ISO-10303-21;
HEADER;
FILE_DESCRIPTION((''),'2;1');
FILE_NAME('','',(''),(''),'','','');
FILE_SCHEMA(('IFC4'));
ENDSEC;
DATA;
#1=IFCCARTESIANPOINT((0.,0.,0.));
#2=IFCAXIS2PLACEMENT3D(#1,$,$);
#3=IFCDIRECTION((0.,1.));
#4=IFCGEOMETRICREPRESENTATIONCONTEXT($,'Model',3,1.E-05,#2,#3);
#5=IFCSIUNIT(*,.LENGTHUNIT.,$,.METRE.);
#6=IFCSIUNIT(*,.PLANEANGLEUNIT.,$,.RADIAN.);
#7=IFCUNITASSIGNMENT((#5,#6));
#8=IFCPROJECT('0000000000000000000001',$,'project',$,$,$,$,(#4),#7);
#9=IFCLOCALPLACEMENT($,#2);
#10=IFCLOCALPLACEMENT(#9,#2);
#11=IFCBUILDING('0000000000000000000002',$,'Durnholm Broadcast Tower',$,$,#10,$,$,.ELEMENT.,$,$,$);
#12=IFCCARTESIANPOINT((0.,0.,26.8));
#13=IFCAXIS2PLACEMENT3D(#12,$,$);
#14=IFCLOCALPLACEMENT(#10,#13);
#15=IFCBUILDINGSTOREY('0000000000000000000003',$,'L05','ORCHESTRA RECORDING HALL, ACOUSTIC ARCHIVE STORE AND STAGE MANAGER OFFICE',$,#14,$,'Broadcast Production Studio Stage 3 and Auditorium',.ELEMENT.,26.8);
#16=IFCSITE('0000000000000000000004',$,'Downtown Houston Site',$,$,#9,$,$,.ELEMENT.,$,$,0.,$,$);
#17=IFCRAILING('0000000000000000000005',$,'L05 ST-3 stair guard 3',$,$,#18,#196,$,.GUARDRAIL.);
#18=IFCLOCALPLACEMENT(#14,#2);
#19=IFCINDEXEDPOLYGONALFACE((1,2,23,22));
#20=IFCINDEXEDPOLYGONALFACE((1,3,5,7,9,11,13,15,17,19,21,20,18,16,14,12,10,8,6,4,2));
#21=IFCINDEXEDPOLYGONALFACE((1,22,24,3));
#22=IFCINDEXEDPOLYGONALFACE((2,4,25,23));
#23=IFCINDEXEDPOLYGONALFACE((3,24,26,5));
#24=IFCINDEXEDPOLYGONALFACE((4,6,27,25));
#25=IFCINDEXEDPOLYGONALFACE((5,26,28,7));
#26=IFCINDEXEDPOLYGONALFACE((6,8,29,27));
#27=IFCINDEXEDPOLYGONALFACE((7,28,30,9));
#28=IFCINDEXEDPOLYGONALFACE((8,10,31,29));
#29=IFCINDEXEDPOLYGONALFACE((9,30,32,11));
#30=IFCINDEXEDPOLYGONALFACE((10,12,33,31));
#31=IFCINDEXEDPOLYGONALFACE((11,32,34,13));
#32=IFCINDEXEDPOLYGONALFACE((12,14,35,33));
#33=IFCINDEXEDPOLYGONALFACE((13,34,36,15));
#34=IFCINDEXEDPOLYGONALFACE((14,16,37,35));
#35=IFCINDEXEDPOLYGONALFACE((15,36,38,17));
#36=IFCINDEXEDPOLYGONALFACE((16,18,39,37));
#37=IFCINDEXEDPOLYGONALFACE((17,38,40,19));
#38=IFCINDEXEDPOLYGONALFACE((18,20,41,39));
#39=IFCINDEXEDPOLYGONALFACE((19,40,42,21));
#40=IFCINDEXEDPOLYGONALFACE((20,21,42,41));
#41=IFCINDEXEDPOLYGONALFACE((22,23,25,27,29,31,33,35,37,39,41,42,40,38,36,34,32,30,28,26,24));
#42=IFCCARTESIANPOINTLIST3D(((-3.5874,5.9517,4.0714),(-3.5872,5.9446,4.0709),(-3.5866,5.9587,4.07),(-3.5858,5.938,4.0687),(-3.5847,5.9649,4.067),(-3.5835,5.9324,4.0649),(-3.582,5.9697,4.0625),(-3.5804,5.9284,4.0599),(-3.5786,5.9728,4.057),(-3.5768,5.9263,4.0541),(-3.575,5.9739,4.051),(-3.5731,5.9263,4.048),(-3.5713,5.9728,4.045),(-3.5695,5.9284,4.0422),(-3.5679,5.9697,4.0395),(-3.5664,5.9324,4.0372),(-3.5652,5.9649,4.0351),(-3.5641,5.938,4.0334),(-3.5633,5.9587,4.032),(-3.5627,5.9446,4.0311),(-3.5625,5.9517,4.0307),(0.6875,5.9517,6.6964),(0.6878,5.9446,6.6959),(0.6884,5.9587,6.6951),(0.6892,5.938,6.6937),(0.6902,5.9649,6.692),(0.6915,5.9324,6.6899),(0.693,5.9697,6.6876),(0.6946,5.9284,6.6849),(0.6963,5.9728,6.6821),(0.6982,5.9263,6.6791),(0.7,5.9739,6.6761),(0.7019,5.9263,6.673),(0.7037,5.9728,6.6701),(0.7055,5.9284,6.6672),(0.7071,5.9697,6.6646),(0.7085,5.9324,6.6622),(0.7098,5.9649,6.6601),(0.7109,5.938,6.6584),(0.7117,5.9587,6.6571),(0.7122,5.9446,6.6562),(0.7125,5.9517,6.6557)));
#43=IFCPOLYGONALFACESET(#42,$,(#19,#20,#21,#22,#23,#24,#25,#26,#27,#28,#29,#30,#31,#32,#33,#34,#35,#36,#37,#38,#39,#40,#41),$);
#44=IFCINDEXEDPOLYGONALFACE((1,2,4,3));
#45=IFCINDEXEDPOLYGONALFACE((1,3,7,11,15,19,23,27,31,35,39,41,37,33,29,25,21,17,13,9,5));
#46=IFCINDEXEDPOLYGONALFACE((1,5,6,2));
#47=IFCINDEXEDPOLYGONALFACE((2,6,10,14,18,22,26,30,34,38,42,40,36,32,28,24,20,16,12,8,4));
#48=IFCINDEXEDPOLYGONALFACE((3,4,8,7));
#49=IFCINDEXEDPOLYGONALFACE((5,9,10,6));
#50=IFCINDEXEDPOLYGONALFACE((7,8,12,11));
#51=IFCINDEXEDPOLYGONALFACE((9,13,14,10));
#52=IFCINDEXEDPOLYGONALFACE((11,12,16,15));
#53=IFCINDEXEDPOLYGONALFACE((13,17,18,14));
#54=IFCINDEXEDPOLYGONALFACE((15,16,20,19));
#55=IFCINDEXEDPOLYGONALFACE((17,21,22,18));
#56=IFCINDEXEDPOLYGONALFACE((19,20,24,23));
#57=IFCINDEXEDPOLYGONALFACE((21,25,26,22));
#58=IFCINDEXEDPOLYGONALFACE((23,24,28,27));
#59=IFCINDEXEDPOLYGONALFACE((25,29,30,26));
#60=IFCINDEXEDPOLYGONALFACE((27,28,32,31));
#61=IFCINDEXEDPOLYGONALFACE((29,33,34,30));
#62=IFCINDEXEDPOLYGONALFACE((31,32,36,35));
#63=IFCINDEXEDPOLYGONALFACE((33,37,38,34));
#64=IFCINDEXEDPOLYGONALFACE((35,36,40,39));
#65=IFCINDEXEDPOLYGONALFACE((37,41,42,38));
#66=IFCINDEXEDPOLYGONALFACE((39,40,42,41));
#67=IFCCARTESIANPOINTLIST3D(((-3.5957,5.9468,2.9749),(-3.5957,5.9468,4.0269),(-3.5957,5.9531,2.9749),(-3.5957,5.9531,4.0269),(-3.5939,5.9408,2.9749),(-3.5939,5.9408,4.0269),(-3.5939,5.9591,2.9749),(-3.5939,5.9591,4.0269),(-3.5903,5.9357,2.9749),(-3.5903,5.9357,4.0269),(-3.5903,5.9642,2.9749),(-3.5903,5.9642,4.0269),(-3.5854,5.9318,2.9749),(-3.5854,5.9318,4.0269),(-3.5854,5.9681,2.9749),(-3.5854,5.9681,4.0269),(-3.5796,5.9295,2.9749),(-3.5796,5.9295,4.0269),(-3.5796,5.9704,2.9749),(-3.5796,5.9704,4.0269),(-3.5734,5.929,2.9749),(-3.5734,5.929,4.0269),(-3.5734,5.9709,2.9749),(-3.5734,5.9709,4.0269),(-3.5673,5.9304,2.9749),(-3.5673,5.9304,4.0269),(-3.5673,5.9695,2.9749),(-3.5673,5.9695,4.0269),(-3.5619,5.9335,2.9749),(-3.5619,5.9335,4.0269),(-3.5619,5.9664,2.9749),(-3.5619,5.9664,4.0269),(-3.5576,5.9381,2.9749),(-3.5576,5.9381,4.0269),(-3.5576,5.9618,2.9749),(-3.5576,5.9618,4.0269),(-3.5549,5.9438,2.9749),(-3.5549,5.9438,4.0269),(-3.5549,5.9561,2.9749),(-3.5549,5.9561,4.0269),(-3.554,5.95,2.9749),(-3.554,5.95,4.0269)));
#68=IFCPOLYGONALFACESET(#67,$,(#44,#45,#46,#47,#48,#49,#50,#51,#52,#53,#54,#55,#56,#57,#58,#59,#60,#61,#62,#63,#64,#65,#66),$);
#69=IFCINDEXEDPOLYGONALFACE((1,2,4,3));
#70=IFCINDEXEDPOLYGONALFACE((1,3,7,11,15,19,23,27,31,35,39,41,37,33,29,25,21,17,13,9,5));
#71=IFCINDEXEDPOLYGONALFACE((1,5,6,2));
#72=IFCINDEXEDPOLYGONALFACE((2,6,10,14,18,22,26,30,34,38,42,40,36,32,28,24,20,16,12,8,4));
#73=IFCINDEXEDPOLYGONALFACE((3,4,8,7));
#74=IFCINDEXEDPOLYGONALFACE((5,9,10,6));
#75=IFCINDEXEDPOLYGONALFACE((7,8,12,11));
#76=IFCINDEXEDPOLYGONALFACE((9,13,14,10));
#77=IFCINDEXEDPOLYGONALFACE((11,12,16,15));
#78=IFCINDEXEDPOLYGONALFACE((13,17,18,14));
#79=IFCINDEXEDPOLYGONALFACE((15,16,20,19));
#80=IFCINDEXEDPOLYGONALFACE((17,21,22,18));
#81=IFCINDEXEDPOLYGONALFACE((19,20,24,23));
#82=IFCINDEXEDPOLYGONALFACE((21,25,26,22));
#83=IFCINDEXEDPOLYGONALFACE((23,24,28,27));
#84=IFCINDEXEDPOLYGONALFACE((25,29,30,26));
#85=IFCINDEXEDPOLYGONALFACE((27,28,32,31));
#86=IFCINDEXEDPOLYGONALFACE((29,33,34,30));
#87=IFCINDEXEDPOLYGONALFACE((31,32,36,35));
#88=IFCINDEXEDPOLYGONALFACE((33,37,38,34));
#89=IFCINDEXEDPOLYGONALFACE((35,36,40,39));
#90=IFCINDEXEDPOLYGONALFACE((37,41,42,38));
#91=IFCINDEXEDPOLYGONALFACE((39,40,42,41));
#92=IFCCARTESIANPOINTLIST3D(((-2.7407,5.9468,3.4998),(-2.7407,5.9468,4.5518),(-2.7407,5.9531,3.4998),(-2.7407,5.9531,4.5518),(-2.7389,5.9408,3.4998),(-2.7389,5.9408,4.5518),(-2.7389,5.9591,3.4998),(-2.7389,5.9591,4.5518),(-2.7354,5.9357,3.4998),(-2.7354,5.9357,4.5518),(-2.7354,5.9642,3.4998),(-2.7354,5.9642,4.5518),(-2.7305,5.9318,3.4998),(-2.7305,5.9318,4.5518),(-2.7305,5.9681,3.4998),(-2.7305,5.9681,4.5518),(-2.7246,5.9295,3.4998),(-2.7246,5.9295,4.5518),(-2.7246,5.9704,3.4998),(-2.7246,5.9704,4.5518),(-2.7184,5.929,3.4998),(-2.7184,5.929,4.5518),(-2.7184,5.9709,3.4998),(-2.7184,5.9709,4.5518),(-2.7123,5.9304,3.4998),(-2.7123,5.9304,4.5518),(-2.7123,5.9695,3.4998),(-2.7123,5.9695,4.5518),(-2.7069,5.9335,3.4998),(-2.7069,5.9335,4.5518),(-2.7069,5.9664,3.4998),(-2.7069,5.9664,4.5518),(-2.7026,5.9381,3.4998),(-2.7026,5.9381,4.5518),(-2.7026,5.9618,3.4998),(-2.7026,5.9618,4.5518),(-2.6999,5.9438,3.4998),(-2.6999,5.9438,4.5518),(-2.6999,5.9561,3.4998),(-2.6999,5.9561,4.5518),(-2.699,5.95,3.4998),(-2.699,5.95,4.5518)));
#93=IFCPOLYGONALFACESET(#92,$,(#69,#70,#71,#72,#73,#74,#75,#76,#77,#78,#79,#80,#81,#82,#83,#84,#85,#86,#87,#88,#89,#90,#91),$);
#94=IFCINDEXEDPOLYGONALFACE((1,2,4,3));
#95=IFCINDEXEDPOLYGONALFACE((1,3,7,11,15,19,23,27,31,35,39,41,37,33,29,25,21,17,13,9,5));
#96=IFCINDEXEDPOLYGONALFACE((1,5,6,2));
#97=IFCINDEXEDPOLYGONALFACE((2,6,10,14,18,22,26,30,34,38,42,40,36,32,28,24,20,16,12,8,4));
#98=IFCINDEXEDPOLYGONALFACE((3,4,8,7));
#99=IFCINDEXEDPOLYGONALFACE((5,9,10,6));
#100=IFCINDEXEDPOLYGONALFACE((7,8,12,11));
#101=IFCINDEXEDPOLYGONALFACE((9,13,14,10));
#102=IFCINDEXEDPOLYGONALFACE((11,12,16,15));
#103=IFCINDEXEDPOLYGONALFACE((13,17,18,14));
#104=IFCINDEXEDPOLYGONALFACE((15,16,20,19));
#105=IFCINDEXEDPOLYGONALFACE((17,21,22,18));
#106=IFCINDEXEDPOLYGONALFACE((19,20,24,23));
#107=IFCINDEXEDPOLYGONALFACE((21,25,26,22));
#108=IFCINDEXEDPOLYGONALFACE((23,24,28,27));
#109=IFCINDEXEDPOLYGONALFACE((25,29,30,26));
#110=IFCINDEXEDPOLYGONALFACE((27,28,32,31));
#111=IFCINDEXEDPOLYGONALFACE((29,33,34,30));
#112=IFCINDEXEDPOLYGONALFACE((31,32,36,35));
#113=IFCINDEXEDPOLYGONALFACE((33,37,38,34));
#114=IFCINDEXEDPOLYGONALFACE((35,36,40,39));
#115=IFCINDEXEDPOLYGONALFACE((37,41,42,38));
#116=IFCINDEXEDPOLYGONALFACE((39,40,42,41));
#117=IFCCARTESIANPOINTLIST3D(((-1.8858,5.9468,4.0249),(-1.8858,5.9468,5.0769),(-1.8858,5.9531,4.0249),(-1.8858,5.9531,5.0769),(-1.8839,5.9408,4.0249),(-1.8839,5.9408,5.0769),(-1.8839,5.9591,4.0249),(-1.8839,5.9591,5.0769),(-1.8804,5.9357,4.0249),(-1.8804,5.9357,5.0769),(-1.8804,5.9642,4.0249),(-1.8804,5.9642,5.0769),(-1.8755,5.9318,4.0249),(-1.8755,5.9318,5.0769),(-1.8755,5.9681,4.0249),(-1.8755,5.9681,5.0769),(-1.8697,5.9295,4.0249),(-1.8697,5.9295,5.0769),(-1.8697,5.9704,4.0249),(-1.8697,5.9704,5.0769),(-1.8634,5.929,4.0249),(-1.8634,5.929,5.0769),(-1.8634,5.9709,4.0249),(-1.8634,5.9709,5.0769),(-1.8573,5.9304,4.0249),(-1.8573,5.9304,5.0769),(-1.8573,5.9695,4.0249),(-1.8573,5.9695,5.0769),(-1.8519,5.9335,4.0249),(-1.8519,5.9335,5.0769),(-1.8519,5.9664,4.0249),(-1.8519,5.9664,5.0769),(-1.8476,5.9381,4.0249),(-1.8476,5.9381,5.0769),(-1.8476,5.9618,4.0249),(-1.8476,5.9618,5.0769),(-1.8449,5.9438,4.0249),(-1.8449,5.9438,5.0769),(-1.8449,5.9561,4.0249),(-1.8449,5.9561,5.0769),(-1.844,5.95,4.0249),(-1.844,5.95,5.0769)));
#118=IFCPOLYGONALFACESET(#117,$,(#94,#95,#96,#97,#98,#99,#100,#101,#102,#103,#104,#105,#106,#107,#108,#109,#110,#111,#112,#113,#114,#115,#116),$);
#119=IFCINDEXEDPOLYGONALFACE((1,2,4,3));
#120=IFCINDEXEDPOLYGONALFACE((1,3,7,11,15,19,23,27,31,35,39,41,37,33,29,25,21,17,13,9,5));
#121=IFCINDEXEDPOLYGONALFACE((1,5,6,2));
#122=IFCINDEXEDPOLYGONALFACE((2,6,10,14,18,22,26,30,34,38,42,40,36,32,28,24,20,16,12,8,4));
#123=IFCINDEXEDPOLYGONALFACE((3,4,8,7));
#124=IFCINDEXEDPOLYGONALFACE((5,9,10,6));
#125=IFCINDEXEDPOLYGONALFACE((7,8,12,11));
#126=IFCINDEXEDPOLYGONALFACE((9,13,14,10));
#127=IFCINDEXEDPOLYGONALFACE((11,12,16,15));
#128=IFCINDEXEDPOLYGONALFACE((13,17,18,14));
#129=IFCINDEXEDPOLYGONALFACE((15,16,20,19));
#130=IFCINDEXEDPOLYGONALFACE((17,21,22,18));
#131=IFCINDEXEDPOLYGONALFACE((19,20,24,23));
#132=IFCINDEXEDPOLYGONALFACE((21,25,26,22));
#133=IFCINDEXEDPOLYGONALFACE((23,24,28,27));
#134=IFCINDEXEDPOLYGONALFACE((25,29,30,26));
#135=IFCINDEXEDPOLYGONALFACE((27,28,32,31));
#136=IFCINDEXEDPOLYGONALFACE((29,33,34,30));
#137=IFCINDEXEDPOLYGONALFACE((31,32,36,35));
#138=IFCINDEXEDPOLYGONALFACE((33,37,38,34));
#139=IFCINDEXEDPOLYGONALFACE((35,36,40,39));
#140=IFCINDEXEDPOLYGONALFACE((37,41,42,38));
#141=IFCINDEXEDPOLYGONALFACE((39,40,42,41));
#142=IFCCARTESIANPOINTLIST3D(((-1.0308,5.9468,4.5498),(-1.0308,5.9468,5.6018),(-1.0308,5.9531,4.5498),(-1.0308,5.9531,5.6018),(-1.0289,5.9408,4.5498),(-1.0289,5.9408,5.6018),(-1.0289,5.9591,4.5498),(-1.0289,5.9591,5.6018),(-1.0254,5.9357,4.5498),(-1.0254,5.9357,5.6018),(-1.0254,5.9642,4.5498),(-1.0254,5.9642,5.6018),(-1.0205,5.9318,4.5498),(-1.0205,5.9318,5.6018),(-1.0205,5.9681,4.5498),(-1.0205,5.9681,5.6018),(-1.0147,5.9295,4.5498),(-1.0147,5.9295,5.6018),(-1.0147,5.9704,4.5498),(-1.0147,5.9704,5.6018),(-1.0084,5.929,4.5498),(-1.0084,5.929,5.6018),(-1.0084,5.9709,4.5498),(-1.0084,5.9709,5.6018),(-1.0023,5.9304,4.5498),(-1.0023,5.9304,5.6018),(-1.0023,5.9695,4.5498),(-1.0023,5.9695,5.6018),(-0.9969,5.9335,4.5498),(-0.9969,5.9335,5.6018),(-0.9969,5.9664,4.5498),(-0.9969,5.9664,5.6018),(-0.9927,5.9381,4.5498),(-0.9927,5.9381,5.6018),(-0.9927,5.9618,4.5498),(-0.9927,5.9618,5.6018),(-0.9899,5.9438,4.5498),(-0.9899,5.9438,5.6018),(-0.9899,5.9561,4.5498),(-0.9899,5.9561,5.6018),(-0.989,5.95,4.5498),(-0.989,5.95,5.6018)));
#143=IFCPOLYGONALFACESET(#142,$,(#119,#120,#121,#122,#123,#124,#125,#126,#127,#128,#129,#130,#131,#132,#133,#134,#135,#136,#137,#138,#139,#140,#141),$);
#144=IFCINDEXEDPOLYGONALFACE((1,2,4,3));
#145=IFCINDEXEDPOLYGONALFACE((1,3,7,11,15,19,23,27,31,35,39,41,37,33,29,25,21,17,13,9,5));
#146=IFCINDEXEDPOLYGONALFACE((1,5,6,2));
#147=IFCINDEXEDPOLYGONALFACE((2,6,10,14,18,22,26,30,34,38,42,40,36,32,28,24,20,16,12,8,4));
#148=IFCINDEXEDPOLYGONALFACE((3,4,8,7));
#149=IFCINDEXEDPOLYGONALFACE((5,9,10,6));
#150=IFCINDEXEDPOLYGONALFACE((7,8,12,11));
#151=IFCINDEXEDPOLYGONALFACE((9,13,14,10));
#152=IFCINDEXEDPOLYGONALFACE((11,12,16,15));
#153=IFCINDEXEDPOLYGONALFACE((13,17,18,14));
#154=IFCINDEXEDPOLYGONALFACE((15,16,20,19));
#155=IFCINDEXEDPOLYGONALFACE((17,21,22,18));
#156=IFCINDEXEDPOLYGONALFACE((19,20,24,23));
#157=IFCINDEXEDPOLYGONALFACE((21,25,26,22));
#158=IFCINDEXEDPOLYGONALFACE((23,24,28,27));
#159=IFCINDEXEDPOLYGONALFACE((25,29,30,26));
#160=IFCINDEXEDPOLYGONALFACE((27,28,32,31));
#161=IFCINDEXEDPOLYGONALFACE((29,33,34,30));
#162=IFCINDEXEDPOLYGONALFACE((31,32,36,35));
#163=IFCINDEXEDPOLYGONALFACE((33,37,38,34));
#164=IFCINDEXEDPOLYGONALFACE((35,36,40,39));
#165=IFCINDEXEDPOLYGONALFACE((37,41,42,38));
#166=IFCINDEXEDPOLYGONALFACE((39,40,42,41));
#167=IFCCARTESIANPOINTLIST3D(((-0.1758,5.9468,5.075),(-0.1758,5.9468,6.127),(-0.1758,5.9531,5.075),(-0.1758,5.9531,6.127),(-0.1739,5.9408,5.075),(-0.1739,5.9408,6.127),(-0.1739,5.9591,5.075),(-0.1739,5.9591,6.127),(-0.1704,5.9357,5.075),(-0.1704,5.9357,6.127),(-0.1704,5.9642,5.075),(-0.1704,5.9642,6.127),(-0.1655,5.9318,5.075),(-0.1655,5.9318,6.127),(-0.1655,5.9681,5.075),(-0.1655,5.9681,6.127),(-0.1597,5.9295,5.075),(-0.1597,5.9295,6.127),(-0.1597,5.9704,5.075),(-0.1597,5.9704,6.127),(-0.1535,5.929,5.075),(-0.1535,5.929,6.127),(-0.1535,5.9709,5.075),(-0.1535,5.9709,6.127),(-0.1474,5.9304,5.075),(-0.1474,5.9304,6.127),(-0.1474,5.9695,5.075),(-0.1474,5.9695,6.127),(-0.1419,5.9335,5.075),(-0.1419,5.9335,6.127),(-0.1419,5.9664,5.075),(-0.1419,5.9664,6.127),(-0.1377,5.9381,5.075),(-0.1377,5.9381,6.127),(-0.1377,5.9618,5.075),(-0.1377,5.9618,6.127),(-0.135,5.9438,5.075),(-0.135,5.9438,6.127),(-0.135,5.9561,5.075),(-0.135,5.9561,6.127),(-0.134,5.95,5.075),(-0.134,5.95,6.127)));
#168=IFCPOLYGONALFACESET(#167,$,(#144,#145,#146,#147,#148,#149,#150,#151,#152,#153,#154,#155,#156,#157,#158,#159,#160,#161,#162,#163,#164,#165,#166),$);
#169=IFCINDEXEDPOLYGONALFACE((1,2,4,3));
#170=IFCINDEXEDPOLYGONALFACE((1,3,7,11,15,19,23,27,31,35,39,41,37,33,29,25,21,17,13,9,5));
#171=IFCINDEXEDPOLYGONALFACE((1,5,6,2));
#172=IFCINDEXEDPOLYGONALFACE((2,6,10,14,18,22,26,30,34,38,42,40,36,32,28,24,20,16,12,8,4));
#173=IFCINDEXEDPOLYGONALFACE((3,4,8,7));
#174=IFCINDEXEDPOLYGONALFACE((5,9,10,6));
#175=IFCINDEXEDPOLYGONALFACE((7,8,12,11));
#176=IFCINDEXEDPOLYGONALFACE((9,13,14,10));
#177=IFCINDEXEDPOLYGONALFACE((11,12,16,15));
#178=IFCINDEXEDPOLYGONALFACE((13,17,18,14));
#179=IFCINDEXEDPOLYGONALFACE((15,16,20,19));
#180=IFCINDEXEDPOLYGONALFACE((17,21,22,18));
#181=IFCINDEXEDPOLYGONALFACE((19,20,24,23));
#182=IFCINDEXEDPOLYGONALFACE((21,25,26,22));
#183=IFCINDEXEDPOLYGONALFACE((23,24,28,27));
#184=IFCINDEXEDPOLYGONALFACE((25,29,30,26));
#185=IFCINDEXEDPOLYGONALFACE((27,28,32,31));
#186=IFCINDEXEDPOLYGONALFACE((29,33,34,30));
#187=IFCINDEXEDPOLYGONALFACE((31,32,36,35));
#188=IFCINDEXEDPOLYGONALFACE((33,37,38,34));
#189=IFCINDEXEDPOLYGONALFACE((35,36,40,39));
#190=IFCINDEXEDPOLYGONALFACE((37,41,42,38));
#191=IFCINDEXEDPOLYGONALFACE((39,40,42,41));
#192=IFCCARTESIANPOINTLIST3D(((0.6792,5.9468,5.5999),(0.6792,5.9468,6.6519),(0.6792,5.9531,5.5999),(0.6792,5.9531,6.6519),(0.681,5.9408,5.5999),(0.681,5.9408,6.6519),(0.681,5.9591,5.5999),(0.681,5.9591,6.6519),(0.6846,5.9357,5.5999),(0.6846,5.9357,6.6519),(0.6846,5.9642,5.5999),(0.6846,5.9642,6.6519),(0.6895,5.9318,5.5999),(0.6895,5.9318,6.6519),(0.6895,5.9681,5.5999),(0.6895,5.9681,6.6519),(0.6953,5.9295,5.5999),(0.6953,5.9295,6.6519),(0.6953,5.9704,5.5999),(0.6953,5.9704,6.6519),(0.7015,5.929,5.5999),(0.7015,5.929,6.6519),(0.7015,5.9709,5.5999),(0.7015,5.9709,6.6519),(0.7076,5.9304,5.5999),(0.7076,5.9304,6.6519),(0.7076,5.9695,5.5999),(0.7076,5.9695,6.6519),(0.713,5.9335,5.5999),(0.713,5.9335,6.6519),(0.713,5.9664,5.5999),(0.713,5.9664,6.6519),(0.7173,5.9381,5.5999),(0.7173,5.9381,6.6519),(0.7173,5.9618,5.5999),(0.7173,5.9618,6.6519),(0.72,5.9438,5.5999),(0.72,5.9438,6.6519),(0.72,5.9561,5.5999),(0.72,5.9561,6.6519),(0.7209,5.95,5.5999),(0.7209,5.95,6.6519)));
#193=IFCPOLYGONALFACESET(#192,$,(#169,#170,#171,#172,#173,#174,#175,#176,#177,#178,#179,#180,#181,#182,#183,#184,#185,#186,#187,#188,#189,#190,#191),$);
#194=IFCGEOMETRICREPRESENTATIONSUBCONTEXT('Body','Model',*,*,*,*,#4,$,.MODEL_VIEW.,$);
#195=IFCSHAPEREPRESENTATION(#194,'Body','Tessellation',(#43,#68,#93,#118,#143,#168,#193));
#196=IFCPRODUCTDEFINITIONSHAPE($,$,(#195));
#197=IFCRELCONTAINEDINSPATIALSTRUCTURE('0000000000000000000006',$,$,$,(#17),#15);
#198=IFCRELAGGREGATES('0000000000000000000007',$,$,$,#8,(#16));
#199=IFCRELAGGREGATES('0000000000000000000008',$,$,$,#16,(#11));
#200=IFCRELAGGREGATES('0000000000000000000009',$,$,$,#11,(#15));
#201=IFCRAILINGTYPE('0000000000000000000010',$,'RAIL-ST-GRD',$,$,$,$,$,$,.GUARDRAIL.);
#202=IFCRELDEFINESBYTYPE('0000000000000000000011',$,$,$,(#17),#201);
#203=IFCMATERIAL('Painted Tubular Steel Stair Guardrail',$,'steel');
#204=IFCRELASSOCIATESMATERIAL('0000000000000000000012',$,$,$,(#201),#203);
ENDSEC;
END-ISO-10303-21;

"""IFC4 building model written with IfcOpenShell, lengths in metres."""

from ifc_helpers import new_model, si_unit, direction, frame, origin, origin_2d, place, context, subcontext, project, spatial, circle, extrude, material, type_object, element, save


model = new_model("IFC4")

# Units and contexts
model_context = context("Model", 3, precision=1e-05, world=origin(), true_north=direction((0.0, 1.0)))
body_context = subcontext(model_context, "Body", "Model", "MODEL_VIEW")
ifc_project = project(units=[si_unit("LENGTHUNIT", "METRE"), si_unit("PLANEANGLEUNIT", "RADIAN")], contexts=[model_context])

# Site, building, storey
site_placement = place(None, origin())
site = spatial("IfcSite", under=ifc_project, at=site_placement, Name="Downtown Houston Site", CompositionType="ELEMENT", RefElevation=0.0)
building_placement = place(site_placement, origin())
building = spatial("IfcBuilding", under=site, at=building_placement, Name="Durnholm Broadcast Tower", CompositionType="ELEMENT")
storey_placement = place(building_placement, frame((0.0, 0.0, 26.8)))
storey = spatial("IfcBuildingStorey", under=building, at=storey_placement, Name="L05", Description="ORCHESTRA RECORDING HALL, ACOUSTIC ARCHIVE STORE AND STAGE MANAGER OFFICE", LongName="Broadcast Production Studio Stage 3 and Auditorium", CompositionType="ELEMENT", Elevation=26.8)

# Railing
ifc_material_1 = material(Name="Painted Tubular Steel Stair Guardrail", Category="steel")
railing_type = type_object("IfcRailingType", Name="RAIL-ST-GRD", PredefinedType="GUARDRAIL", material=ifc_material_1)
railing_1_placement = place(storey_placement, frame((-3.575, 5.95, 2.9749)))
element("IfcRailing", 1, at=railing_1_placement, inside=storey, type_object=railing_type, Name="L05 ST-3 stair guard 3", PredefinedType="GUARDRAIL", context=body_context, shape_type="SweptSolid", body=[
    extrude(circle(Radius=0.0239, at=origin_2d()), frame((0.0, 0.0, 1.0762), z_axis=(0.852166, 0.0, 0.523272), x_axis=(0.0, 1.0, 0.0)), (0.0, 0.0, 1.0), 5.0166),
    extrude(circle(Radius=0.021, at=origin_2d()), origin(), (0.0, 0.0, 1.0), 1.052),
    extrude(circle(Radius=0.021, at=origin_2d()), frame((0.855, 0.0, 0.5249)), (0.0, 0.0, 1.0), 1.052),
    extrude(circle(Radius=0.021, at=origin_2d()), frame((1.71, 0.0, 1.05)), (0.0, 0.0, 1.0), 1.052),
    extrude(circle(Radius=0.021, at=origin_2d()), frame((2.5649, 0.0, 1.575)), (0.0, 0.0, 1.0), 1.052),
    extrude(circle(Radius=0.021, at=origin_2d()), frame((3.4199, 0.0, 2.1001)), (0.0, 0.0, 1.0), 1.052),
    extrude(circle(Radius=0.021, at=origin_2d()), frame((4.2749, 0.0, 2.625)), (0.0, 0.0, 1.0), 1.052),
])

save(model, "model.ifc")
